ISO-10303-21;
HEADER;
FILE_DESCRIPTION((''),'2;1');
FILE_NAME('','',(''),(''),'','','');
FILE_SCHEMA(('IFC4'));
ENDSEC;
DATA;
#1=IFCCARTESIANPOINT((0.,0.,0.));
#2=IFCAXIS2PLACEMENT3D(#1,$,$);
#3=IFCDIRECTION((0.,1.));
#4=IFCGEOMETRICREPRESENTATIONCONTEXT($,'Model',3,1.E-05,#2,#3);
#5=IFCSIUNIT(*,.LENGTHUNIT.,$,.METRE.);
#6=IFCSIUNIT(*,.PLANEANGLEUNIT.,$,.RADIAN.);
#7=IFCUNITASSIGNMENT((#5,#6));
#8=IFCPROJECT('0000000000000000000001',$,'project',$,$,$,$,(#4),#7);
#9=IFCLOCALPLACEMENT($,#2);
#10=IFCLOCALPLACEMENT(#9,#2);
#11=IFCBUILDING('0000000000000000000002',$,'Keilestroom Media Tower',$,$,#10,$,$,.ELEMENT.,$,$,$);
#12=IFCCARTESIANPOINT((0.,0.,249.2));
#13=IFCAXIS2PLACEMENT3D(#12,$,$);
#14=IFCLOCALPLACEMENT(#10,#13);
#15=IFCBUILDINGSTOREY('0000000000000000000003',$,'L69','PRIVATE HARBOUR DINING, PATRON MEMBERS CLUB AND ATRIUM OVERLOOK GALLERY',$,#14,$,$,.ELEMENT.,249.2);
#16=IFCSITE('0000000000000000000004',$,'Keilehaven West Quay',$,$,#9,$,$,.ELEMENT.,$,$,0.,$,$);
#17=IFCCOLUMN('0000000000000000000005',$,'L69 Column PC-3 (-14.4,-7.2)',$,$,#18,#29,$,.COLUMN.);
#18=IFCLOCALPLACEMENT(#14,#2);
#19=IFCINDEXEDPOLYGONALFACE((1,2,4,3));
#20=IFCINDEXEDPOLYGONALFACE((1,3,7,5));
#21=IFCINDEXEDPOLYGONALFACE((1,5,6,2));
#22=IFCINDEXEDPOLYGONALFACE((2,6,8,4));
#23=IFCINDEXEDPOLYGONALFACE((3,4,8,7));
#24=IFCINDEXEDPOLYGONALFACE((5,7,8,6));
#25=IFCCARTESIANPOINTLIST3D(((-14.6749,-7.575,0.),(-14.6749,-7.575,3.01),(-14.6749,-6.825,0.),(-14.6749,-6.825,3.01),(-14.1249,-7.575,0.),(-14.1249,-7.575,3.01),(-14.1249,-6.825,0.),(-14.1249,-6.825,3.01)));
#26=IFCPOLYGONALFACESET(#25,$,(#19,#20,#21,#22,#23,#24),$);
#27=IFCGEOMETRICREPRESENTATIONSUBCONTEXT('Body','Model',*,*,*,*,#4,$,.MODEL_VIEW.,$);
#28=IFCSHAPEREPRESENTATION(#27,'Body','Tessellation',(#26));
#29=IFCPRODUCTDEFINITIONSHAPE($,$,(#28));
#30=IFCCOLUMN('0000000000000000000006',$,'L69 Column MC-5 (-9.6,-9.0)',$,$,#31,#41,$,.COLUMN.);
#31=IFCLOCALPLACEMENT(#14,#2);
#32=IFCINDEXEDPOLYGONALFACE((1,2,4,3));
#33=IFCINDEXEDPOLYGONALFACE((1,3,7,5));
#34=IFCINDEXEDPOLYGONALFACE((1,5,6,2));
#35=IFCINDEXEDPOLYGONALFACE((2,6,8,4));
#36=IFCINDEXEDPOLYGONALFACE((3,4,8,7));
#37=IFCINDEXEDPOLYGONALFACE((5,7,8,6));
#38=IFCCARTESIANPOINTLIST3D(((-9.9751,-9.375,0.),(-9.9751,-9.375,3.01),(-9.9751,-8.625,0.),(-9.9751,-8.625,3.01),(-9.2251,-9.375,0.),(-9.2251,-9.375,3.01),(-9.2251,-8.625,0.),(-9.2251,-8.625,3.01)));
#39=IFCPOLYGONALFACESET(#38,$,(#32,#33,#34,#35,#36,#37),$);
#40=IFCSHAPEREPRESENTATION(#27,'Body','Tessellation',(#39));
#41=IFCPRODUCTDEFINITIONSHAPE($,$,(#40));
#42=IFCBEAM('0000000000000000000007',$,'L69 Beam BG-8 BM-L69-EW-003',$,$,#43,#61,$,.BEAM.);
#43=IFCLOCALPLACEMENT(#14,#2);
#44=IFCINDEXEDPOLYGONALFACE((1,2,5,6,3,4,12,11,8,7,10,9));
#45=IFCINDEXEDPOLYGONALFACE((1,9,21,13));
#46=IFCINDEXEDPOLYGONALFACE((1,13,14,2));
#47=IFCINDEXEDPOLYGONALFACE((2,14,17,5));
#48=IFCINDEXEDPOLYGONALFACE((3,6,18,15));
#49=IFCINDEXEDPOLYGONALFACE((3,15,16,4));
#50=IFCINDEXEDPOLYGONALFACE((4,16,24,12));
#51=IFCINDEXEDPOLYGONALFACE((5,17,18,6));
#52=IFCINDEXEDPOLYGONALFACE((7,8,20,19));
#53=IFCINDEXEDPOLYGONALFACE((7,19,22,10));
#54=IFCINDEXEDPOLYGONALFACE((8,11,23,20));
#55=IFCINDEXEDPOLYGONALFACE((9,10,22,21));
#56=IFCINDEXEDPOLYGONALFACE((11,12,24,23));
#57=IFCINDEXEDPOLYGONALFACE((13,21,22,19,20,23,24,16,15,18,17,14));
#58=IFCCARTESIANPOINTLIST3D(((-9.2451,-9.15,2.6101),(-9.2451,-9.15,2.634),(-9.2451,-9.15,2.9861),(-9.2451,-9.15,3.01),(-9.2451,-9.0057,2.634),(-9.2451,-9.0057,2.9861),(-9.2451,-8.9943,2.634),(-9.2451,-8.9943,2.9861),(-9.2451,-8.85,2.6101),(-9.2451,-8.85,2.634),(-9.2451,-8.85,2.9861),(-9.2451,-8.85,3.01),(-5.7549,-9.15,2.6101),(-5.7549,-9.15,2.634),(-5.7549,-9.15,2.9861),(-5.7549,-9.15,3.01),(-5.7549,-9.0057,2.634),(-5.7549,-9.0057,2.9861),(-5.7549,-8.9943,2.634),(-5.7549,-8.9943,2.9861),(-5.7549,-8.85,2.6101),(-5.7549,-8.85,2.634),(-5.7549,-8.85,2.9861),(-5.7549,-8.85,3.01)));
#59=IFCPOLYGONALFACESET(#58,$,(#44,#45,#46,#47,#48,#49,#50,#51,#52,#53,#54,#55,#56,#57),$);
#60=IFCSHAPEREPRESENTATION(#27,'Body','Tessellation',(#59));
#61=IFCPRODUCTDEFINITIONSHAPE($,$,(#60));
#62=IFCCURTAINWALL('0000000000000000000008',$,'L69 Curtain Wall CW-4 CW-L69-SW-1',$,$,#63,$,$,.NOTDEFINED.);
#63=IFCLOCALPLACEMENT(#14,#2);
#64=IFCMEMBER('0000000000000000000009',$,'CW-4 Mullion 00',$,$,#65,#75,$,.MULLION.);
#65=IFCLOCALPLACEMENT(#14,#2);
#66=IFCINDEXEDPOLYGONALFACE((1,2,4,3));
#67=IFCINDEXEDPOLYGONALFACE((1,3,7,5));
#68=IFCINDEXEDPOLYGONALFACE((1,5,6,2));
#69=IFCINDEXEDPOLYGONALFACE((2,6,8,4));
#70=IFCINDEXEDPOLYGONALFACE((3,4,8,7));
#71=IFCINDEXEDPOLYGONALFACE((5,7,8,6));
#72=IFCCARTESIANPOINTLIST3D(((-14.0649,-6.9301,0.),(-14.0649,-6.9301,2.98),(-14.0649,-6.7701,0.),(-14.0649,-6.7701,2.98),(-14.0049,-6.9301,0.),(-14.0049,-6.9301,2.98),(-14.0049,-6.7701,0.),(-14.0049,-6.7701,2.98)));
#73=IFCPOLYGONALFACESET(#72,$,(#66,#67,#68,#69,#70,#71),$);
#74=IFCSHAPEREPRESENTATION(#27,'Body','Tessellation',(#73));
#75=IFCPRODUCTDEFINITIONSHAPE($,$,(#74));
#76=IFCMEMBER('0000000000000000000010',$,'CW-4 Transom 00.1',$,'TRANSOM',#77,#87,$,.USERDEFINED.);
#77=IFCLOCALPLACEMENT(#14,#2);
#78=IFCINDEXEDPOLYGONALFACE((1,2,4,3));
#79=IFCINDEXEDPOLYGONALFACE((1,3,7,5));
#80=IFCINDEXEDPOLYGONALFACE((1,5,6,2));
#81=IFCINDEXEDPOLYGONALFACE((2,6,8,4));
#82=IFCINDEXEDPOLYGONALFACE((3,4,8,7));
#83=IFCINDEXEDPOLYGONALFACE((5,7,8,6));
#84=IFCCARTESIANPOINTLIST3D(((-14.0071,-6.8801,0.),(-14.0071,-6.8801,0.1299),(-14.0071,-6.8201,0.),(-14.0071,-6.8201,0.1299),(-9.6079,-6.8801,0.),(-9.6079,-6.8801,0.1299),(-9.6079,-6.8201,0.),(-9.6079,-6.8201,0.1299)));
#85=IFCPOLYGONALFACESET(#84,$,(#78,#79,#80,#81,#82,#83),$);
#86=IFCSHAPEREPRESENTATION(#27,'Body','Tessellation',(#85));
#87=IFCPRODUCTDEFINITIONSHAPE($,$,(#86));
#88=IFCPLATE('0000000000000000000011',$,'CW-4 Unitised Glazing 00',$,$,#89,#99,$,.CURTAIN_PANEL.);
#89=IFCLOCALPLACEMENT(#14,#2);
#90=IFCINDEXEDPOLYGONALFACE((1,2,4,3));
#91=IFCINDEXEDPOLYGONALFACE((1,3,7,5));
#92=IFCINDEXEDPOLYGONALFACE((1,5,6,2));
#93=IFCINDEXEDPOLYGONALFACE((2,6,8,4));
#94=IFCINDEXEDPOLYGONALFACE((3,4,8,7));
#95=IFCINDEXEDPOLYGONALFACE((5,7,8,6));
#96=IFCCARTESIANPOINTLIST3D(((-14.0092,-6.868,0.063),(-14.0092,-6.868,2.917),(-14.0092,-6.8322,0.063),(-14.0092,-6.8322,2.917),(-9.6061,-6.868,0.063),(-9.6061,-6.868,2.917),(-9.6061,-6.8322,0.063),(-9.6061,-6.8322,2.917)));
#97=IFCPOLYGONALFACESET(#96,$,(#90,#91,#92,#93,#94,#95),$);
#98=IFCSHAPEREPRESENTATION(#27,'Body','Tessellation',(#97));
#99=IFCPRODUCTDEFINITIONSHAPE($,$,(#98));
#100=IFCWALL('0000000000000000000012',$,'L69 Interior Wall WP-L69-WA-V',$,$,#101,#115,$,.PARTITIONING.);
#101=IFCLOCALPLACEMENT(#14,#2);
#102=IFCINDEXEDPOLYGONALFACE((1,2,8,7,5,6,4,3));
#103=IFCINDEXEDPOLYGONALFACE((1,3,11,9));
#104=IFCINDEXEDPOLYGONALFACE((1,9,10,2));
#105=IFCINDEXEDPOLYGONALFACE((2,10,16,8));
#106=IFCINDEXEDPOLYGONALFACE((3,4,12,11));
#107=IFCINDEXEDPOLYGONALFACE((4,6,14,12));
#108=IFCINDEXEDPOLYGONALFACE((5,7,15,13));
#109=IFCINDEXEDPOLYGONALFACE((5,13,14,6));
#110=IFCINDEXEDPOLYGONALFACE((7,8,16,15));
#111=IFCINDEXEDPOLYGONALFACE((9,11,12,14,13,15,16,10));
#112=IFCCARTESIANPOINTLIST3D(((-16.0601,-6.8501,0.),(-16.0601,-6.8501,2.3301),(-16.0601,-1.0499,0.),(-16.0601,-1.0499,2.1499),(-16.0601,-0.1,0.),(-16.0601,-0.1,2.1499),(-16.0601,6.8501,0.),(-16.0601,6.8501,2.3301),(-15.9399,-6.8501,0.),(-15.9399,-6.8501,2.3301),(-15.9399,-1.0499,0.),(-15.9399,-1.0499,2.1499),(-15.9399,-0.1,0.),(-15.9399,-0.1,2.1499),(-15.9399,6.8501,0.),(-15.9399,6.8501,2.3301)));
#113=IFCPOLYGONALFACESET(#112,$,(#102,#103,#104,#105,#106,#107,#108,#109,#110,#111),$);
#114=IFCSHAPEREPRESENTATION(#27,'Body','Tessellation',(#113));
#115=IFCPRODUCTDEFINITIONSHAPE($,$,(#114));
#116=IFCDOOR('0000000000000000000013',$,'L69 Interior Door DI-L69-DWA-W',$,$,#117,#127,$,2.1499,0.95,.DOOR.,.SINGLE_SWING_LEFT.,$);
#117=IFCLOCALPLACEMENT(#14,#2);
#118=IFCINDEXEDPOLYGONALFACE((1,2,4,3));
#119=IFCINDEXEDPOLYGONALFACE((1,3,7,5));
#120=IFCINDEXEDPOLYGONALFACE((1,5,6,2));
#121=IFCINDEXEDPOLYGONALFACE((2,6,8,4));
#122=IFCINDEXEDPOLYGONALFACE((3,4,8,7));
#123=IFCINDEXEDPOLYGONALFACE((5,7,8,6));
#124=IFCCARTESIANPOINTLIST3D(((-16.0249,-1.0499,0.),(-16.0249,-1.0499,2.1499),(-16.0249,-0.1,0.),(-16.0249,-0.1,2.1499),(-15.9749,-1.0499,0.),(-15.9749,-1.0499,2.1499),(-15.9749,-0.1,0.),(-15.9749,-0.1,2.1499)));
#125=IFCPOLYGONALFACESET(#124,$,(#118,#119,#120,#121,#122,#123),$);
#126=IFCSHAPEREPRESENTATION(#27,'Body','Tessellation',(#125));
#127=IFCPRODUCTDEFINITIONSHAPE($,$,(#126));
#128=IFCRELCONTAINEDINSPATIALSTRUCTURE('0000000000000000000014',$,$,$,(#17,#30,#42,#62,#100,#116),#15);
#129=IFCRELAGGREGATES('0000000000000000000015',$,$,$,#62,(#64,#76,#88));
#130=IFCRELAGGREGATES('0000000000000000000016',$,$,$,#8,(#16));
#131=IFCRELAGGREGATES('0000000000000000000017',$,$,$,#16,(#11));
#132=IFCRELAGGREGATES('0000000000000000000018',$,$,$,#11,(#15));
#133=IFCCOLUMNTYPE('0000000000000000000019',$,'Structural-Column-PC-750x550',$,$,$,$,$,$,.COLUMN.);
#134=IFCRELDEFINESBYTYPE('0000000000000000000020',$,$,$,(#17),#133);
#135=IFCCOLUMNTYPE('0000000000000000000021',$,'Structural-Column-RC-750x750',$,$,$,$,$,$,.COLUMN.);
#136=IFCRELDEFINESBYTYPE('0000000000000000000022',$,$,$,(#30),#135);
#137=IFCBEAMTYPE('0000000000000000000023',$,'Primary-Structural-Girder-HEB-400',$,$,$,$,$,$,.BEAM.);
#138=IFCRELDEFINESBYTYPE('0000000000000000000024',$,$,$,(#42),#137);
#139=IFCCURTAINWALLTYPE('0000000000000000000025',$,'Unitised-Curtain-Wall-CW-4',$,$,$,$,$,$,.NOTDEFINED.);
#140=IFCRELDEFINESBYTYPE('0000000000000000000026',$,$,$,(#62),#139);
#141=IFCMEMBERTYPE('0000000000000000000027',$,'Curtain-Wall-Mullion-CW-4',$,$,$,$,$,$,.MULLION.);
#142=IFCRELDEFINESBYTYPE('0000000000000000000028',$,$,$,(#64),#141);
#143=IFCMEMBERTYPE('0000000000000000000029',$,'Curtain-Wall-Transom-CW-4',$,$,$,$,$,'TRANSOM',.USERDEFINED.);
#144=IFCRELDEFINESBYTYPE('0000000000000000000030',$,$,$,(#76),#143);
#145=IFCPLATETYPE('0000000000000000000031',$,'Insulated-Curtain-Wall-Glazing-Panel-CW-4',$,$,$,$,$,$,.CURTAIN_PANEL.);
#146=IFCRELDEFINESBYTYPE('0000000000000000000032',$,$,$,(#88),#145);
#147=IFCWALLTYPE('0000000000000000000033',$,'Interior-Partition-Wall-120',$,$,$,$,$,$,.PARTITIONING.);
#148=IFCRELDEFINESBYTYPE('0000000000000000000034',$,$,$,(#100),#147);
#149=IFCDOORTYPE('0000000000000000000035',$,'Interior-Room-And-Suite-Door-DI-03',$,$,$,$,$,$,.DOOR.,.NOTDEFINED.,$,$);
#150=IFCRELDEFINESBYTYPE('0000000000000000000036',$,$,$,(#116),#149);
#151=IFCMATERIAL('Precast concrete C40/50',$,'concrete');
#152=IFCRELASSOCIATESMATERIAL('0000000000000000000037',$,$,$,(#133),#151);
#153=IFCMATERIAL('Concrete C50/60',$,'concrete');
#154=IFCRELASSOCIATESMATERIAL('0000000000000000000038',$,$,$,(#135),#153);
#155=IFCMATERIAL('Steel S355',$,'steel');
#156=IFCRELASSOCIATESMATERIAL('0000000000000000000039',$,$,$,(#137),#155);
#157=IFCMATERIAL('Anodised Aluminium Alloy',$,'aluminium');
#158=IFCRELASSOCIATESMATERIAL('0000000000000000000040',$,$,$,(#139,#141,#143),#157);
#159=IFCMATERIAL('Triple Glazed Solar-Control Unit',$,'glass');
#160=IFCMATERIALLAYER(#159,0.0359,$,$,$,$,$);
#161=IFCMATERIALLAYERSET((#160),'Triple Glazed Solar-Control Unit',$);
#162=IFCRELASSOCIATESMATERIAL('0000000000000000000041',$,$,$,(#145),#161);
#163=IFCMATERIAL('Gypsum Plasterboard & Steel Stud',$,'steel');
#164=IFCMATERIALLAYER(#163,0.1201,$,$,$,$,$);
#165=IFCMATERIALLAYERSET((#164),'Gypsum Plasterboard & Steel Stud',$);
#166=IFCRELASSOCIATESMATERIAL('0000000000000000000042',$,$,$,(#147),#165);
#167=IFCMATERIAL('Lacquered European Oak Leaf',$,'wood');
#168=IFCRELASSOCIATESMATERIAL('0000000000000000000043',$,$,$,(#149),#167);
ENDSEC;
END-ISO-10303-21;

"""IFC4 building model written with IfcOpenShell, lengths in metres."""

from ifc_helpers import new_model, si_unit, direction, frame, frame_2d, origin, origin_2d, place, context, subcontext, project, spatial, rectangle, i_section, extrude, source, transform, mapped, material, layer, layer_set, material_profile, profile_set, type_object, element, fill, aggregate, save


model = new_model("IFC4")

# Units and contexts
model_context = context("Model", 3, precision=1e-05, world=origin(), true_north=direction((0.0, 1.0)))
body_context = subcontext(model_context, "Body", "Model", "MODEL_VIEW")
ifc_project = project(units=[si_unit("LENGTHUNIT", "METRE"), si_unit("PLANEANGLEUNIT", "RADIAN")], contexts=[model_context])

# Site, building, storey
site_placement = place(None, origin())
site = spatial("IfcSite", under=ifc_project, at=site_placement, Name="Keilehaven West Quay", CompositionType="ELEMENT", RefElevation=0.0)
building_placement = place(site_placement, origin())
building = spatial("IfcBuilding", under=site, at=building_placement, Name="Keilestroom Media Tower", CompositionType="ELEMENT")
storey_placement = place(building_placement, frame((0.0, 0.0, 249.2)))
storey = spatial("IfcBuildingStorey", under=building, at=storey_placement, Name="L69", Description="PRIVATE HARBOUR DINING, PATRON MEMBERS CLUB AND ATRIUM OVERLOOK GALLERY", CompositionType="ELEMENT", Elevation=249.2)

# Columns
ifc_material_1 = material(Name="Precast concrete C40/50", Category="concrete")
ifc_material_profile_1 = material_profile(ifc_material_1, rectangle(XDim=0.55, YDim=0.75, at=origin_2d()), Name="PC 750x550")
ifc_profile_set_1 = profile_set([ifc_material_profile_1], Name="Precast concrete C40/50")
column_type_1 = type_object("IfcColumnType", Name="Structural-Column-PC-750x550", PredefinedType="COLUMN", material=ifc_profile_set_1)
shared_shape_1 = source(origin(), body_context, "Body", "SweptSolid", [
    extrude(rectangle(XDim=0.55, YDim=0.75, at=origin_2d()), origin(), (0.0, 0.0, 1.0), 3.01),
])
column_1_placement = place(storey_placement, frame((-14.3999, -7.2, 0.0), z_axis=(0.0, 0.0, 1.0), x_axis=(1.0, 0.0, 0.0)))
element("IfcColumn", 1, at=column_1_placement, inside=storey, type_object=column_type_1, Name="L69 Column PC-3 (-14.4,-7.2)", PredefinedType="COLUMN", context=body_context, shape_type="MappedRepresentation", body=[
    mapped(shared_shape_1, transform((0.0, 0.0, 0.0), x_axis=(1.0, 0.0, 0.0), y_axis=(0.0, 1.0, 0.0), z_axis=(0.0, 0.0, 1.0), scale=1.0)),
])
ifc_material_2 = material(Name="Concrete C50/60", Category="concrete")
ifc_material_profile_2 = material_profile(ifc_material_2, rectangle(XDim=0.75, YDim=0.75, at=origin_2d()), Name="RC 750x750")
ifc_profile_set_2 = profile_set([ifc_material_profile_2], Name="Concrete C50/60")
column_type_2 = type_object("IfcColumnType", Name="Structural-Column-RC-750x750", PredefinedType="COLUMN", material=ifc_profile_set_2)
shared_shape_2 = source(origin(), body_context, "Body", "SweptSolid", [
    extrude(rectangle(XDim=0.75, YDim=0.75, at=origin_2d()), origin(), (0.0, 0.0, 1.0), 3.01),
])
column_2_placement = place(storey_placement, frame((-9.6001, -9.0, 0.0), z_axis=(0.0, 0.0, 1.0), x_axis=(1.0, 0.0, 0.0)))
element("IfcColumn", 2, at=column_2_placement, inside=storey, type_object=column_type_2, Name="L69 Column MC-5 (-9.6,-9.0)", PredefinedType="COLUMN", context=body_context, shape_type="MappedRepresentation", body=[
    mapped(shared_shape_2, transform((0.0, 0.0, 0.0), x_axis=(1.0, 0.0, 0.0), y_axis=(0.0, 1.0, 0.0), z_axis=(0.0, 0.0, 1.0), scale=1.0)),
])

# Beam
ifc_material_3 = material(Name="Steel S355", Category="steel")
ifc_material_profile_3 = material_profile(ifc_material_3, i_section(OverallWidth=0.3, OverallDepth=0.3999, WebThickness=0.0115, FlangeThickness=0.0239, at=origin_2d()), Name="HEB 400")
ifc_profile_set_3 = profile_set([ifc_material_profile_3], Name="Steel S355")
beam_type = type_object("IfcBeamType", Name="Primary-Structural-Girder-HEB-400", PredefinedType="BEAM", material=ifc_profile_set_3)
shared_shape_3 = source(origin(), body_context, "Body", "SweptSolid", [
    extrude(i_section(OverallWidth=0.3, OverallDepth=0.3999, WebThickness=0.0115, FlangeThickness=0.0239, at=origin_2d()), origin(), (0.0, 0.0, 1.0), 3.4902),
])
beam_placement = place(storey_placement, frame((-9.2451, -9.0, 2.8101), z_axis=(1.0, 0.0, 0.0), x_axis=(0.0, 1.0, 0.0)))
element("IfcBeam", 3, at=beam_placement, inside=storey, type_object=beam_type, Name="L69 Beam BG-8 BM-L69-EW-003", PredefinedType="BEAM", context=body_context, shape_type="MappedRepresentation", body=[
    mapped(shared_shape_3, transform((0.0, 0.0, 0.0), x_axis=(1.0, 0.0, 0.0), y_axis=(0.0, 1.0, 0.0), z_axis=(0.0, 0.0, 1.0), scale=1.0)),
])

# Curtain wall, members, plate
ifc_material_4 = material(Name="Anodised Aluminium Alloy", Category="aluminium")
curtain_wall_type = type_object("IfcCurtainWallType", Name="Unitised-Curtain-Wall-CW-4", PredefinedType="NOTDEFINED", material=ifc_material_4)
curtain_wall_placement = place(storey_placement, origin())
curtain_wall = element("IfcCurtainWall", 4, at=curtain_wall_placement, inside=storey, type_object=curtain_wall_type, Name="L69 Curtain Wall CW-4 CW-L69-SW-1", PredefinedType="NOTDEFINED")
ifc_material_profile_4 = material_profile(ifc_material_4, rectangle(XDim=0.0601, YDim=0.1599, at=origin_2d()), Name="ALU MULLION 60x160")
ifc_profile_set_4 = profile_set([ifc_material_profile_4], Name="Anodised Aluminium Alloy")
member_type_1 = type_object("IfcMemberType", Name="Curtain-Wall-Mullion-CW-4", PredefinedType="MULLION", material=ifc_profile_set_4)
shared_shape_4 = source(origin(), body_context, "Body", "SweptSolid", [
    extrude(rectangle(XDim=0.0601, YDim=0.1599, at=origin_2d()), origin(), (0.0, 0.0, 1.0), 2.98),
])
member_1_placement = place(storey_placement, frame((-14.0349, -6.8501, 0.0), z_axis=(0.0, 0.0, 1.0), x_axis=(1.0, 0.0, 0.0)))
member_1 = element("IfcMember", 5, at=member_1_placement, type_object=member_type_1, Name="CW-4 Mullion 00", PredefinedType="MULLION", context=body_context, shape_type="MappedRepresentation", body=[
    mapped(shared_shape_4, transform((0.0, 0.0, 0.0), x_axis=(1.0, 0.0, 0.0), y_axis=(0.0, 1.0, 0.0), z_axis=(0.0, 0.0, 1.0), scale=1.0)),
])
ifc_material_profile_5 = material_profile(ifc_material_4, rectangle(XDim=0.0601, YDim=0.1299, at=origin_2d()), Name="ALU TRANSOM 60x130")
ifc_profile_set_5 = profile_set([ifc_material_profile_5], Name="Anodised Aluminium Alloy")
member_type_2 = type_object("IfcMemberType", Name="Curtain-Wall-Transom-CW-4", ElementType="TRANSOM", PredefinedType="USERDEFINED", material=ifc_profile_set_5)
shared_shape_5 = source(origin(), body_context, "Body", "SweptSolid", [
    extrude(rectangle(XDim=0.0601, YDim=0.1299, at=origin_2d()), origin(), (0.0, 0.0, 1.0), 4.3992),
])
member_2_placement = place(storey_placement, frame((-14.0071, -6.8501, 0.0649), z_axis=(1.0, 0.0, 0.0), x_axis=(0.0, 1.0, 0.0)))
member_2 = element("IfcMember", 6, at=member_2_placement, type_object=member_type_2, Name="CW-4 Transom 00.1", ObjectType="TRANSOM", PredefinedType="USERDEFINED", context=body_context, shape_type="MappedRepresentation", body=[
    mapped(shared_shape_5, transform((0.0, 0.0, 0.0), x_axis=(1.0, 0.0, 0.0), y_axis=(0.0, 1.0, 0.0), z_axis=(0.0, 0.0, 1.0), scale=1.0)),
])
ifc_material_5 = material(Name="Triple Glazed Solar-Control Unit", Category="glass")
ifc_layer_1 = layer(ifc_material_5, 0.0359)
ifc_layer_set_1 = layer_set([ifc_layer_1], Name="Triple Glazed Solar-Control Unit")
plate_type = type_object("IfcPlateType", Name="Insulated-Curtain-Wall-Glazing-Panel-CW-4", PredefinedType="CURTAIN_PANEL", material=ifc_layer_set_1)
shared_shape_6 = source(origin(), body_context, "Body", "SweptSolid", [
    extrude(rectangle(XDim=4.4031, YDim=0.0359, at=origin_2d()), origin(), (0.0, 0.0, 1.0), 2.854),
])
plate_placement = place(storey_placement, frame((-11.8076, -6.8501, 0.063), z_axis=(0.0, 0.0, 1.0), x_axis=(1.0, 0.0, 0.0)))
plate = element("IfcPlate", 7, at=plate_placement, type_object=plate_type, Name="CW-4 Unitised Glazing 00", PredefinedType="CURTAIN_PANEL", context=body_context, shape_type="MappedRepresentation", body=[
    mapped(shared_shape_6, transform((0.0, 0.0, 0.0), x_axis=(1.0, 0.0, 0.0), y_axis=(0.0, 1.0, 0.0), z_axis=(0.0, 0.0, 1.0), scale=1.0)),
])
aggregate(curtain_wall, [member_1, member_2, plate])

# Wall, opening, door
ifc_material_6 = material(Name="Gypsum Plasterboard & Steel Stud", Category="steel")
ifc_layer_2 = layer(ifc_material_6, 0.1201)
ifc_layer_set_2 = layer_set([ifc_layer_2], Name="Gypsum Plasterboard & Steel Stud")
wall_type_1 = type_object("IfcWallType", Name="Interior-Partition-Wall-120", PredefinedType="PARTITIONING", material=ifc_layer_set_2)
wall_1_placement = place(storey_placement, frame((-16.0, -6.8501, 0.0), z_axis=(0.0, 0.0, 1.0), x_axis=(0.0, 1.0, 0.0)))
wall_1 = element("IfcWall", 8, at=wall_1_placement, inside=storey, type_object=wall_type_1, Name="L69 Interior Wall WP-L69-WA-V", PredefinedType="PARTITIONING", context=body_context, shape_type="SweptSolid", body=[
    extrude(rectangle(XDim=13.7002, YDim=0.1201, at=frame_2d((6.8501, 0.0))), origin(), (0.0, 0.0, 1.0), 2.3301),
])
opening_1_placement = place(wall_1_placement, frame((5.8, 0.0, 0.0)))
opening_1 = element("IfcOpeningElement", 9, at=opening_1_placement, cuts=wall_1, PredefinedType="OPENING", context=body_context, shape_type="SweptSolid", body=[
    extrude(rectangle(XDim=0.95, YDim=2.1499, at=frame_2d((0.4751, 1.075))), frame((0.0, 0.0701, 0.0), z_axis=(0.0, -1.0, 0.0), x_axis=(1.0, 0.0, 0.0)), (0.0, 0.0, 1.0), 0.1401),
])
ifc_material_7 = material(Name="Lacquered European Oak Leaf", Category="wood")
door_type_1 = type_object("IfcDoorType", Name="Interior-Room-And-Suite-Door-DI-03", OperationType="NOTDEFINED", PredefinedType="DOOR", material=ifc_material_7)
shared_shape_7 = source(origin(), body_context, "Body", "SweptSolid", [
    extrude(rectangle(XDim=0.95, YDim=2.1499, at=frame_2d((0.4751, 1.075))), frame((0.0, 0.0249, 0.0), z_axis=(0.0, -1.0, 0.0), x_axis=(1.0, 0.0, 0.0)), (0.0, 0.0, 1.0), 0.05),
])
door_1_placement = place(opening_1_placement, origin())
door_1 = element("IfcDoor", 10, at=door_1_placement, inside=storey, type_object=door_type_1, Name="L69 Interior Door DI-L69-DWA-W", OperationType="SINGLE_SWING_LEFT", OverallHeight=2.1499, OverallWidth=0.95, PredefinedType="DOOR", context=body_context, shape_type="MappedRepresentation", body=[
    mapped(shared_shape_7, transform((0.0, 0.0, 0.0), x_axis=(1.0, 0.0, 0.0), y_axis=(0.0, 1.0, 0.0), z_axis=(0.0, 0.0, 1.0), scale=1.0)),
])
fill(opening_1, door_1)

save(model, "model.ifc")
